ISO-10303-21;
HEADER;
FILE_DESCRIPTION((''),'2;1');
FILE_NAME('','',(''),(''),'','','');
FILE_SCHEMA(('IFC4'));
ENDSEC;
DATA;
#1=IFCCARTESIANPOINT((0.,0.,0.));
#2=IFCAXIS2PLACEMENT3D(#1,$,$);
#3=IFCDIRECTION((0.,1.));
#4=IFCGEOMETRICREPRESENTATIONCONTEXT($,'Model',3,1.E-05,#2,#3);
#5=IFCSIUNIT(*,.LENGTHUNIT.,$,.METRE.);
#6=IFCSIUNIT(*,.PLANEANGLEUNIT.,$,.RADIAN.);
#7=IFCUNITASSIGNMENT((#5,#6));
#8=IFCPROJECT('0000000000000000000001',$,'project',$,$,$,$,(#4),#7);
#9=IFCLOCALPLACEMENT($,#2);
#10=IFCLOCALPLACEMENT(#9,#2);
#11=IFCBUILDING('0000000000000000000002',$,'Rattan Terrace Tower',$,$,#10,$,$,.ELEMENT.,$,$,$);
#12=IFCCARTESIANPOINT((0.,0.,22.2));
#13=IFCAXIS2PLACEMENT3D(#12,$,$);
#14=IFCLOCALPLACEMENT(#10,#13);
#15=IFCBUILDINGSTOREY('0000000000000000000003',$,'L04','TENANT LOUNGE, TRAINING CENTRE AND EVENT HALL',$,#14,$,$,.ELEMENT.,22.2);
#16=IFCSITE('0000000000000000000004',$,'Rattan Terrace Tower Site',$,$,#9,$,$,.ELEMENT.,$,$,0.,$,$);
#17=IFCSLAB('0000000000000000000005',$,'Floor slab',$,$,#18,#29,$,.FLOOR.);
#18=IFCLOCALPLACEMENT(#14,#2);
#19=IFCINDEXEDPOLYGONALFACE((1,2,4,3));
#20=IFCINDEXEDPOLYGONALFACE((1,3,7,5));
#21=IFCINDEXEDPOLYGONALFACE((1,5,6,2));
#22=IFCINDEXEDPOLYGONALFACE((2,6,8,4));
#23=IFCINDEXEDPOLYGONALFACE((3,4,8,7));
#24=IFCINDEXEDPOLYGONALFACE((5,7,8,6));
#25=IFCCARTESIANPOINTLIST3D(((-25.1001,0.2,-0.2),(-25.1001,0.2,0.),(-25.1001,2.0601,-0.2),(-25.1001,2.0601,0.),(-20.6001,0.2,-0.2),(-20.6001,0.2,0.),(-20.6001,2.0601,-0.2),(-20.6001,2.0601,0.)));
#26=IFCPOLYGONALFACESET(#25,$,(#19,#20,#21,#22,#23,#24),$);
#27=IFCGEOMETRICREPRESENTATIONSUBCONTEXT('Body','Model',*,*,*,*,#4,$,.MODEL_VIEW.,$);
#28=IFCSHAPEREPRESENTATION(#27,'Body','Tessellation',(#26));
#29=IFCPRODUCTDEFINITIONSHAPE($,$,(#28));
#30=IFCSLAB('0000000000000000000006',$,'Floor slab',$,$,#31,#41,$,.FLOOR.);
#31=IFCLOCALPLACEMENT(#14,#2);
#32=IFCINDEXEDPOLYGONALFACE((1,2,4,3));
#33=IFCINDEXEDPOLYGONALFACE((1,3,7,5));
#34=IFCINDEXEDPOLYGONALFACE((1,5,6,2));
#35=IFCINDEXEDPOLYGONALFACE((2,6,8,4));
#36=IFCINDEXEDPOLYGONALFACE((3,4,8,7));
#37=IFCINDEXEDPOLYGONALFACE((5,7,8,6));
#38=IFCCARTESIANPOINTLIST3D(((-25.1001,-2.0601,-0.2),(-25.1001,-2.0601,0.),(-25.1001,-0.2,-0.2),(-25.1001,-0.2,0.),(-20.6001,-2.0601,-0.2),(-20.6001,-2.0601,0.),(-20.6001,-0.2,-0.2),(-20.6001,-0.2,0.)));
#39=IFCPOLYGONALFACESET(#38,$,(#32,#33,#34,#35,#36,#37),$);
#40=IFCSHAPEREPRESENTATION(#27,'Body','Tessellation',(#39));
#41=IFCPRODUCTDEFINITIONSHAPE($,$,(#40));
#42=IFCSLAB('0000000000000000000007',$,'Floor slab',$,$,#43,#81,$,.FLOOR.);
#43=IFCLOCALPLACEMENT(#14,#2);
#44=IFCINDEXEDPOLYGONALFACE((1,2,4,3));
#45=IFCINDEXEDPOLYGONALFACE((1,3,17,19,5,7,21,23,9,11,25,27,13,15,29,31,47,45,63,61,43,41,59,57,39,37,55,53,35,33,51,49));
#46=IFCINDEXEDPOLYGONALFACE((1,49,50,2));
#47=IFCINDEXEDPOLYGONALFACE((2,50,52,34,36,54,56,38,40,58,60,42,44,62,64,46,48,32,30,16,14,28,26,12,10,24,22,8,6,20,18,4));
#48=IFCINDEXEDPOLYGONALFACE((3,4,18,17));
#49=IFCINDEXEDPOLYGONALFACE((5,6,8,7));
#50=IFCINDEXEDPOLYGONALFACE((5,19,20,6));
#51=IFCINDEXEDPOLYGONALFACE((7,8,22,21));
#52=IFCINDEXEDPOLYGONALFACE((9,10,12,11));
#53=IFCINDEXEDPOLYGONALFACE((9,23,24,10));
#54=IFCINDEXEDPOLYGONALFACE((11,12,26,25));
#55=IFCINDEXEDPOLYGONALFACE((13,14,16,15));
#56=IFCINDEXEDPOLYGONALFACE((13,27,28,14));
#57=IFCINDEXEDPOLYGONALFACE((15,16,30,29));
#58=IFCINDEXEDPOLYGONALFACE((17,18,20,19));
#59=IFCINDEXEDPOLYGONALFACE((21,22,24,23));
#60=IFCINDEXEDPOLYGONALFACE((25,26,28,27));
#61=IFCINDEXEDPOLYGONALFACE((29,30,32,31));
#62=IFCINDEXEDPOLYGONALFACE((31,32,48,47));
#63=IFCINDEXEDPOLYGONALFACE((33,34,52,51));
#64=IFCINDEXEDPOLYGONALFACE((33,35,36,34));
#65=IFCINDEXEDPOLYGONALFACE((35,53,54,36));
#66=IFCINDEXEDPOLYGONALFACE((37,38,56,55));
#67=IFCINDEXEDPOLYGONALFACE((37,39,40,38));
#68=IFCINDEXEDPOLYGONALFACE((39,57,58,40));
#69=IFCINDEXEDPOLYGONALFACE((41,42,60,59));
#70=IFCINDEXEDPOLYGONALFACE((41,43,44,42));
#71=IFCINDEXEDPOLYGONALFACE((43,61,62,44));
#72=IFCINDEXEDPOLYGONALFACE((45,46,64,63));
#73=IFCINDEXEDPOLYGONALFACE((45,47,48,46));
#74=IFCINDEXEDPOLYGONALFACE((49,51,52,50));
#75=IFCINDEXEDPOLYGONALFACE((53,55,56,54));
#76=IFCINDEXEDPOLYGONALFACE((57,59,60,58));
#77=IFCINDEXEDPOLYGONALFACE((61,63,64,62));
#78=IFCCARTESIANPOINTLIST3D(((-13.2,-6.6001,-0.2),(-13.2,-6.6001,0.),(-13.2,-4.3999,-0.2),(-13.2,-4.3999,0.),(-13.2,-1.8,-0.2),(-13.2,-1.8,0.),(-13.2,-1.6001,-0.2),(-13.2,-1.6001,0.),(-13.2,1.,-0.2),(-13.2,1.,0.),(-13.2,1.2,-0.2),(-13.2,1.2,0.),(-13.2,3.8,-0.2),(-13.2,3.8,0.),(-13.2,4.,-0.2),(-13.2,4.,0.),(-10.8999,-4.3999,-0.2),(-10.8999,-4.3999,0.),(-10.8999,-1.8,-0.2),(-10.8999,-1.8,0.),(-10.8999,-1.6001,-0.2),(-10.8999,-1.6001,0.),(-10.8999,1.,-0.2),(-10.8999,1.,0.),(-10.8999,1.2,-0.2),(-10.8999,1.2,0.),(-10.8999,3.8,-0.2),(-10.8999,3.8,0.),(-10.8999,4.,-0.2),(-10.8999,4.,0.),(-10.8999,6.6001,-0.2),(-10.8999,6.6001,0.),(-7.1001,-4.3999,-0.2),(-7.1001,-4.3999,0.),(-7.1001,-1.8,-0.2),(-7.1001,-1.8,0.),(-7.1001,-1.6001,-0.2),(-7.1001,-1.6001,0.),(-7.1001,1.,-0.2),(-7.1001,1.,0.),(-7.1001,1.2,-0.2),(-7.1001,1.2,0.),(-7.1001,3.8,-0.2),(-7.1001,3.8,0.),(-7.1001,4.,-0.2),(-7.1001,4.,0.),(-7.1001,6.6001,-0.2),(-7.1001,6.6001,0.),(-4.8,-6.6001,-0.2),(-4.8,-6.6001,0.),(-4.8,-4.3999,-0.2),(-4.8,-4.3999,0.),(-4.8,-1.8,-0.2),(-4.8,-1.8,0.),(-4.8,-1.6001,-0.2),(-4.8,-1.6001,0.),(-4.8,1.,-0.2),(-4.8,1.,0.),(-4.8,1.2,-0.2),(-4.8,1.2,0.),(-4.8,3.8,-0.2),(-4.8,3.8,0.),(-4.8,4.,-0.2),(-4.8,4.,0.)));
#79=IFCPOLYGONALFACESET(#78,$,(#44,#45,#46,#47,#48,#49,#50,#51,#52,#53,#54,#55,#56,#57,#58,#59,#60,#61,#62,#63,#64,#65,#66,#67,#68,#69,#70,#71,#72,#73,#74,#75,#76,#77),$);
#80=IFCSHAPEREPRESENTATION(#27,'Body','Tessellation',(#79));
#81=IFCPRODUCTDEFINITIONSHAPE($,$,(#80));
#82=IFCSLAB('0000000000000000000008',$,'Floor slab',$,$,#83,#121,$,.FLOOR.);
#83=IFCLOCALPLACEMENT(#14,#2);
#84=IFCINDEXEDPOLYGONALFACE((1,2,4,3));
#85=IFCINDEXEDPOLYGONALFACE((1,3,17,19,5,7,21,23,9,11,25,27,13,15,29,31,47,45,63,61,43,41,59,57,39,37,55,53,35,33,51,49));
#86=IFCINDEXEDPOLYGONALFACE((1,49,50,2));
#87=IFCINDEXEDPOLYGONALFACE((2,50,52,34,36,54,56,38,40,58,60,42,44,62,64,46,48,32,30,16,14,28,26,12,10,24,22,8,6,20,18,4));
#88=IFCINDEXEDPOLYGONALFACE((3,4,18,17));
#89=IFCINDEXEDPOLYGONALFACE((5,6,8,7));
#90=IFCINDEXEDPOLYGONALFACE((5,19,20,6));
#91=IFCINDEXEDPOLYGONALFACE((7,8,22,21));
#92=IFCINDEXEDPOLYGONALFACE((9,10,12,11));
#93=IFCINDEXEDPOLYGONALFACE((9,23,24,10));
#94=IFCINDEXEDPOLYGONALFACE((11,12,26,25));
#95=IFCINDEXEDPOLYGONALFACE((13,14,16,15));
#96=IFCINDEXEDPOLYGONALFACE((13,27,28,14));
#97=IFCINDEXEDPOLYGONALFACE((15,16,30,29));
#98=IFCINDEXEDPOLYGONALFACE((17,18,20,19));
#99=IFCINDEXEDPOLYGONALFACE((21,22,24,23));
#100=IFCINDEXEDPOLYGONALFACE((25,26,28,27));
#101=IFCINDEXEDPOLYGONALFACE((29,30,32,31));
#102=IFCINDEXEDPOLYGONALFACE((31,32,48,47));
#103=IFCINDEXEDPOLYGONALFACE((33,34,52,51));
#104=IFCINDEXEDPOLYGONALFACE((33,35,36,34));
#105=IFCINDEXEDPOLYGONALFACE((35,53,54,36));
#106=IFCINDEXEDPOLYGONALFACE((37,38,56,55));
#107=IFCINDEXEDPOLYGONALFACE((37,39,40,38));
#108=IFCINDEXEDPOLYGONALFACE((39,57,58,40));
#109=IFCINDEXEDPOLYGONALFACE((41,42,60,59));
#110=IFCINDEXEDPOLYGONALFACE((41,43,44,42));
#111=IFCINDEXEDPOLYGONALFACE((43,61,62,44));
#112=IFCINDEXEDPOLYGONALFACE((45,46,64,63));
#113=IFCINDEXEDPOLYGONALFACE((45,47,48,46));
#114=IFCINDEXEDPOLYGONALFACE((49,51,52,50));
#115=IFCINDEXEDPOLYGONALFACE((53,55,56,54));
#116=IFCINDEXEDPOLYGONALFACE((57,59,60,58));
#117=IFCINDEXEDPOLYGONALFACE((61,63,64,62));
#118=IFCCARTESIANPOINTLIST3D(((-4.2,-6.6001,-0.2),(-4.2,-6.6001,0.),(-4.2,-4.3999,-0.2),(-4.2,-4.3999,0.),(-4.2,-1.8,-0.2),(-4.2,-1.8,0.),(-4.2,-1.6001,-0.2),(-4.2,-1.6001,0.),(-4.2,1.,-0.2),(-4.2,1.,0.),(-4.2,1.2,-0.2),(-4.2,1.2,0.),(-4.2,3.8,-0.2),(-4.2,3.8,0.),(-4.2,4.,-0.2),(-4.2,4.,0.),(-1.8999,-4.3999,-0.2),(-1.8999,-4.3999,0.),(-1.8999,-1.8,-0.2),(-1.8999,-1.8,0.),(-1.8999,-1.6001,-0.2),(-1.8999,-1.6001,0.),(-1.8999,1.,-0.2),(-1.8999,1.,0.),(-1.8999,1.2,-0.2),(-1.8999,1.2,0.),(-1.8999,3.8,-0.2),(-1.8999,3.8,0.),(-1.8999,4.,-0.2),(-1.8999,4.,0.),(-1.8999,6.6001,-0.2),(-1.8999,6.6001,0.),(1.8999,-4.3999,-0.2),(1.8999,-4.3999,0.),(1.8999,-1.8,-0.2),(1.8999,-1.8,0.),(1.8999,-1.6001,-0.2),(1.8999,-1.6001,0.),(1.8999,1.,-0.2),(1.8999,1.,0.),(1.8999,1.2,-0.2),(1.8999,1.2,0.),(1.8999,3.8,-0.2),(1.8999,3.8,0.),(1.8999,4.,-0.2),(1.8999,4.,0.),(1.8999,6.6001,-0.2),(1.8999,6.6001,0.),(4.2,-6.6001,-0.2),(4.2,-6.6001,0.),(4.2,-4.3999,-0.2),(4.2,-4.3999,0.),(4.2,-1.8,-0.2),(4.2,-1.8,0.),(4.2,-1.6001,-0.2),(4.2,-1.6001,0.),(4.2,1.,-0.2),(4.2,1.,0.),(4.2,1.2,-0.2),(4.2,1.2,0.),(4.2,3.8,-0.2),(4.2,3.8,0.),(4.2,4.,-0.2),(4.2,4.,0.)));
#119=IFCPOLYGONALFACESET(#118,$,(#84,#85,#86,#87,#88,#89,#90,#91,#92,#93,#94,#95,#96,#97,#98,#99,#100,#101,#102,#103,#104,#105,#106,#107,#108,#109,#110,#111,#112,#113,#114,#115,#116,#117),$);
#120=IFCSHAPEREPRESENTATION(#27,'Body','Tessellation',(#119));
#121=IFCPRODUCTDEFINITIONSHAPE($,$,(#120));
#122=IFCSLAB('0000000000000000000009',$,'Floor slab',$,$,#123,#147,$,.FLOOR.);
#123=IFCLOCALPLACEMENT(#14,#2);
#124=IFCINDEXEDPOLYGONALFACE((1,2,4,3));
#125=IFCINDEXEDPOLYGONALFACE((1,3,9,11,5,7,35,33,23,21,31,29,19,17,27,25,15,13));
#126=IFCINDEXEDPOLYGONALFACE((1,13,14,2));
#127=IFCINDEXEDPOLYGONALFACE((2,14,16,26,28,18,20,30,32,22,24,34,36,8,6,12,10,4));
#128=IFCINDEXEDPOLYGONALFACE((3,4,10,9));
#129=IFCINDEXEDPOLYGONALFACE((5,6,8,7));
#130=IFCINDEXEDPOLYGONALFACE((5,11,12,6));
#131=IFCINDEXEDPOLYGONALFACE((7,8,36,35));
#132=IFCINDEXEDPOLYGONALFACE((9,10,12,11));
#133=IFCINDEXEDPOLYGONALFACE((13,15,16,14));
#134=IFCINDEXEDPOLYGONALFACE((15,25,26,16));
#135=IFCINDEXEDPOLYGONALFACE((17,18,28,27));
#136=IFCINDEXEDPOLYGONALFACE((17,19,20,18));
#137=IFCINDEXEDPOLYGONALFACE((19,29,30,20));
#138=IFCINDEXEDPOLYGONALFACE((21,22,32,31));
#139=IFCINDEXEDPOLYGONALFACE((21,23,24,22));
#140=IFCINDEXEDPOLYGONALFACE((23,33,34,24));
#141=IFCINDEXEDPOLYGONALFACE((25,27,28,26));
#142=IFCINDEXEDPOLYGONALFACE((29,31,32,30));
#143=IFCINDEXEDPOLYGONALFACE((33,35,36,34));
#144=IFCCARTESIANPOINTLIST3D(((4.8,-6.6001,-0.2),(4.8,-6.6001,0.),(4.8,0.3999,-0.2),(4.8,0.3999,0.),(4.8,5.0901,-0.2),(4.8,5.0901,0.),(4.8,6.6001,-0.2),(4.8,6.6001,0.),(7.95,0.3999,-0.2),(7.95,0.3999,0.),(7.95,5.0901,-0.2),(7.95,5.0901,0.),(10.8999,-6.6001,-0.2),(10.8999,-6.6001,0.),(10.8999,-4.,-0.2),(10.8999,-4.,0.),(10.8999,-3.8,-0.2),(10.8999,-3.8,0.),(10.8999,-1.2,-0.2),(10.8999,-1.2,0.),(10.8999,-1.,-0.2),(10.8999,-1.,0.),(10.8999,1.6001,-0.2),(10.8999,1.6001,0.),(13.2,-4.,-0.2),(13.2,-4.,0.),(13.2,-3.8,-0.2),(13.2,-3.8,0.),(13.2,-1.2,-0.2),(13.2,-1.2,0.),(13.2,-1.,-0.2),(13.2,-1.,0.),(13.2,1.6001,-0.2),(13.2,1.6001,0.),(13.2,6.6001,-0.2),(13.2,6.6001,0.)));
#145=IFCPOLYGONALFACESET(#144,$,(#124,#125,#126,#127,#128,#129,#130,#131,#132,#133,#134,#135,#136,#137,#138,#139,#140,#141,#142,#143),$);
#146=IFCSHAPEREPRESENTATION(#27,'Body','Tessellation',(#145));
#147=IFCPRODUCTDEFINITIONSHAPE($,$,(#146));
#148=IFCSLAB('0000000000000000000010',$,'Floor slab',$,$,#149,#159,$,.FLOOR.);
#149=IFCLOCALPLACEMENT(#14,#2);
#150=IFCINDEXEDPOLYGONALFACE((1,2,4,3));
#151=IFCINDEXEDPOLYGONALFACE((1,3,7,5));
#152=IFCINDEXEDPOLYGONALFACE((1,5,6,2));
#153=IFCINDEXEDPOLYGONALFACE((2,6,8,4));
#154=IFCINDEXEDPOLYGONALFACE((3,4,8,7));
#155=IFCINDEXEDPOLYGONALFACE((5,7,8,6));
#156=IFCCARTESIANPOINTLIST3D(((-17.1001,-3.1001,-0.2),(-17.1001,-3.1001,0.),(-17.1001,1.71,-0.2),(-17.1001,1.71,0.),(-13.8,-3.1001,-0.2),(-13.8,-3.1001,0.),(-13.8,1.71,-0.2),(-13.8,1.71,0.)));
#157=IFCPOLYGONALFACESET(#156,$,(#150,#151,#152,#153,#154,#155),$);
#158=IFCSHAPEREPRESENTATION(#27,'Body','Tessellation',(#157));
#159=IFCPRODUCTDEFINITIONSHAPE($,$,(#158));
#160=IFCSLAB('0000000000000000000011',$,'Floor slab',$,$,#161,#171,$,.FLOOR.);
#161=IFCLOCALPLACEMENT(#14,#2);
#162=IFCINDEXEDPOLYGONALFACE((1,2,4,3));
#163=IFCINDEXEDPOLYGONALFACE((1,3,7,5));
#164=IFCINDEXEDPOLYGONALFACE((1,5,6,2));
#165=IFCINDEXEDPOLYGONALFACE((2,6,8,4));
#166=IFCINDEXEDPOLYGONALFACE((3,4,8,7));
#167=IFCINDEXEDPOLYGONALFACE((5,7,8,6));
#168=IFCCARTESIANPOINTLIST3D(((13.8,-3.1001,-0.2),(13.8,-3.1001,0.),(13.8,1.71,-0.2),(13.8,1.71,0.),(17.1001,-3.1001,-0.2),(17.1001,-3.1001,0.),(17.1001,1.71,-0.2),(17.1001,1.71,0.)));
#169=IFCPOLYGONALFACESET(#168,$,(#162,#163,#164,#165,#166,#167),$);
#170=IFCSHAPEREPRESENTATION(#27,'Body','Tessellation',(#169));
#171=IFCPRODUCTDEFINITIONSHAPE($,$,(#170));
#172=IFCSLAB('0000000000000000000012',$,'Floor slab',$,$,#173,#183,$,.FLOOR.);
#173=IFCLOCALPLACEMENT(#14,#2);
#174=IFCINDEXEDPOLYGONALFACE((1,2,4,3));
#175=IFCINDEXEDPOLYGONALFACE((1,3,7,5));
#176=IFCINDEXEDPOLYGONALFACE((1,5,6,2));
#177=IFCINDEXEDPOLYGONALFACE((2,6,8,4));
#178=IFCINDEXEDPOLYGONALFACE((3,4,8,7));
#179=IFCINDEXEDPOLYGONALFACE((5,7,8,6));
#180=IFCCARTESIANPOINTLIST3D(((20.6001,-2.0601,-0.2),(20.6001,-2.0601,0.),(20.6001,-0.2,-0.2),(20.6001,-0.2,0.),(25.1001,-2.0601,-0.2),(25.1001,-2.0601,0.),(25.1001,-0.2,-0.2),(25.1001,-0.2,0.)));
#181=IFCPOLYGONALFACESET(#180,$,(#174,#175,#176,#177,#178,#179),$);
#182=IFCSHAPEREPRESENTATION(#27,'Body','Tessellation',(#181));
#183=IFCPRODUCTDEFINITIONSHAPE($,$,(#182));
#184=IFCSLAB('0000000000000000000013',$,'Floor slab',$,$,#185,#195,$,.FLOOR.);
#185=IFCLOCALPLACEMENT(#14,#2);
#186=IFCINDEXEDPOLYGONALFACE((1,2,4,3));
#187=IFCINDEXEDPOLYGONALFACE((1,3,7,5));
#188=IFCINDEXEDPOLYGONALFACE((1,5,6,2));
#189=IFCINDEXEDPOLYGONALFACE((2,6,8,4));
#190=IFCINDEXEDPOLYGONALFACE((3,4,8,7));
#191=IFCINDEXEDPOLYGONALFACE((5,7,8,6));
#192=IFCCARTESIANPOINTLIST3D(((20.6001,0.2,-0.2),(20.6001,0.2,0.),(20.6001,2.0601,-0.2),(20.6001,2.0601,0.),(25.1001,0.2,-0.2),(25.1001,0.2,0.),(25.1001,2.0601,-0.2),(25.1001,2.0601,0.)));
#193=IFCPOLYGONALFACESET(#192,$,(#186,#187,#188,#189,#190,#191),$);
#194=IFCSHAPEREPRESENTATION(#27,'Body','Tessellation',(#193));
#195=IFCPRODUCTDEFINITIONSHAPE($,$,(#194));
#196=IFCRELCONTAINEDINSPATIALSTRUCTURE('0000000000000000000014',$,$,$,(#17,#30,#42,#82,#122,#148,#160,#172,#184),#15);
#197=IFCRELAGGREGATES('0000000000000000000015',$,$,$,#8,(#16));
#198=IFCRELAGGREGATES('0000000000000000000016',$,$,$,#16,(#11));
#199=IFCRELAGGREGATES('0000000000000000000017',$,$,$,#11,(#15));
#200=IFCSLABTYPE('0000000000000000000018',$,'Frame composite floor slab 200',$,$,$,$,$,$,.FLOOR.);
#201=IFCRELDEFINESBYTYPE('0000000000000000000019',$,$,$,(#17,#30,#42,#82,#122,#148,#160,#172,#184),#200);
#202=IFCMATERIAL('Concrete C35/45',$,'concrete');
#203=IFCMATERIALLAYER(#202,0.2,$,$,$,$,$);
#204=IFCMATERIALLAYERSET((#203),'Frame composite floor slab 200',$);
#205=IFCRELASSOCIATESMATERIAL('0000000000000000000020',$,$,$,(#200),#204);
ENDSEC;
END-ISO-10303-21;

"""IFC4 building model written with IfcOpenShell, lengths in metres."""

from ifc_helpers import new_model, si_unit, direction, frame, origin, place, context, subcontext, project, spatial, polyline, outline, extrude, material, layer, layer_set, type_object, element, save


model = new_model("IFC4")

# Units and contexts
model_context = context("Model", 3, precision=1e-05, world=origin(), true_north=direction((0.0, 1.0)))
body_context = subcontext(model_context, "Body", "Model", "MODEL_VIEW")
ifc_project = project(units=[si_unit("LENGTHUNIT", "METRE"), si_unit("PLANEANGLEUNIT", "RADIAN")], contexts=[model_context])

# Site, building, storey
site_placement = place(None, origin())
site = spatial("IfcSite", under=ifc_project, at=site_placement, Name="Rattan Terrace Tower Site", CompositionType="ELEMENT", RefElevation=0.0)
building_placement = place(site_placement, origin())
building = spatial("IfcBuilding", under=site, at=building_placement, Name="Rattan Terrace Tower", CompositionType="ELEMENT")
storey_placement = place(building_placement, frame((0.0, 0.0, 22.2)))
storey = spatial("IfcBuildingStorey", under=building, at=storey_placement, Name="L04", Description="TENANT LOUNGE, TRAINING CENTRE AND EVENT HALL", CompositionType="ELEMENT", Elevation=22.2)

# Slabs
ifc_material_1 = material(Name="Concrete C35/45", Category="concrete")
ifc_layer_1 = layer(ifc_material_1, 0.2)
ifc_layer_set_1 = layer_set([ifc_layer_1], Name="Frame composite floor slab 200")
slab_type_1 = type_object("IfcSlabType", Name="Frame composite floor slab 200", PredefinedType="FLOOR", material=ifc_layer_set_1)
slab_1_placement = place(storey_placement, frame((0.0, 0.0, -0.2)))
element("IfcSlab", 1, at=slab_1_placement, inside=storey, type_object=slab_type_1, Name="Floor slab", PredefinedType="FLOOR", context=body_context, shape_type="SweptSolid", body=[
    extrude(outline(polyline([(-20.6001, 0.2), (-20.6001, 2.0601), (-25.1001, 2.0601), (-25.1001, 0.2), (-20.6001, 0.2)])), origin(), (0.0, 0.0, 1.0), 0.2),
])
slab_2_placement = place(storey_placement, frame((0.0, 0.0, -0.2)))
element("IfcSlab", 2, at=slab_2_placement, inside=storey, type_object=slab_type_1, Name="Floor slab", PredefinedType="FLOOR", context=body_context, shape_type="SweptSolid", body=[
    extrude(outline(polyline([(-25.1001, -2.0601), (-20.6001, -2.0601), (-20.6001, -0.2), (-25.1001, -0.2), (-25.1001, -2.0601)])), origin(), (0.0, 0.0, 1.0), 0.2),
])
slab_3_placement = place(storey_placement, frame((0.0, 0.0, -0.2)))
element("IfcSlab", 3, at=slab_3_placement, inside=storey, type_object=slab_type_1, Name="Floor slab", PredefinedType="FLOOR", context=body_context, shape_type="SweptSolid", body=[
    extrude(outline(polyline([(-13.2, 4.0), (-13.2, 3.8), (-10.8999, 3.8), (-10.8999, 1.2), (-13.2, 1.2), (-13.2, 1.0), (-10.8999, 1.0), (-10.8999, -1.6001), (-13.2, -1.6001), (-13.2, -1.8), (-10.8999, -1.8), (-10.8999, -4.3999), (-13.2, -4.3999), (-13.2, -6.6001), (-4.8, -6.6001), (-4.8, -4.3999), (-7.1001, -4.3999), (-7.1001, -1.8), (-4.8, -1.8), (-4.8, -1.6001), (-7.1001, -1.6001), (-7.1001, 1.0), (-4.8, 1.0), (-4.8, 1.2), (-7.1001, 1.2), (-7.1001, 3.8), (-4.8, 3.8), (-4.8, 4.0), (-7.1001, 4.0), (-7.1001, 6.6001), (-10.8999, 6.6001), (-10.8999, 4.0), (-13.2, 4.0)])), origin(), (0.0, 0.0, 1.0), 0.2),
])
slab_4_placement = place(storey_placement, frame((0.0, 0.0, -0.2)))
element("IfcSlab", 4, at=slab_4_placement, inside=storey, type_object=slab_type_1, Name="Floor slab", PredefinedType="FLOOR", context=body_context, shape_type="SweptSolid", body=[
    extrude(outline(polyline([(-4.2, -6.6001), (4.2, -6.6001), (4.2, -4.3999), (1.8999, -4.3999), (1.8999, -1.8), (4.2, -1.8), (4.2, -1.6001), (1.8999, -1.6001), (1.8999, 1.0), (4.2, 1.0), (4.2, 1.2), (1.8999, 1.2), (1.8999, 3.8), (4.2, 3.8), (4.2, 4.0), (1.8999, 4.0), (1.8999, 6.6001), (-1.8999, 6.6001), (-1.8999, 4.0), (-4.2, 4.0), (-4.2, 3.8), (-1.8999, 3.8), (-1.8999, 1.2), (-4.2, 1.2), (-4.2, 1.0), (-1.8999, 1.0), (-1.8999, -1.6001), (-4.2, -1.6001), (-4.2, -1.8), (-1.8999, -1.8), (-1.8999, -4.3999), (-4.2, -4.3999), (-4.2, -6.6001)])), origin(), (0.0, 0.0, 1.0), 0.2),
])
slab_5_placement = place(storey_placement, frame((0.0, 0.0, -0.2)))
element("IfcSlab", 5, at=slab_5_placement, inside=storey, type_object=slab_type_1, Name="Floor slab", PredefinedType="FLOOR", context=body_context, shape_type="SweptSolid", body=[
    extrude(outline(polyline([(4.8, -6.6001), (10.8999, -6.6001), (10.8999, -4.0), (13.2, -4.0), (13.2, -3.8), (10.8999, -3.8), (10.8999, -1.2), (13.2, -1.2), (13.2, -1.0), (10.8999, -1.0), (10.8999, 1.6001), (13.2, 1.6001), (13.2, 6.6001), (4.8, 6.6001), (4.8, 5.0901), (7.95, 5.0901), (7.95, 0.3999), (4.8, 0.3999), (4.8, -6.6001)])), origin(), (0.0, 0.0, 1.0), 0.2),
])
slab_6_placement = place(storey_placement, frame((0.0, 0.0, -0.2)))
element("IfcSlab", 6, at=slab_6_placement, inside=storey, type_object=slab_type_1, Name="Floor slab", PredefinedType="FLOOR", context=body_context, shape_type="SweptSolid", body=[
    extrude(outline(polyline([(-17.1001, -3.1001), (-13.8, -3.1001), (-13.8, 1.71), (-17.1001, 1.71), (-17.1001, -3.1001)])), origin(), (0.0, 0.0, 1.0), 0.2),
])
slab_7_placement = place(storey_placement, frame((0.0, 0.0, -0.2)))
element("IfcSlab", 7, at=slab_7_placement, inside=storey, type_object=slab_type_1, Name="Floor slab", PredefinedType="FLOOR", context=body_context, shape_type="SweptSolid", body=[
    extrude(outline(polyline([(17.1001, -3.1001), (17.1001, 1.71), (13.8, 1.71), (13.8, -3.1001), (17.1001, -3.1001)])), origin(), (0.0, 0.0, 1.0), 0.2),
])
slab_8_placement = place(storey_placement, frame((0.0, 0.0, -0.2)))
element("IfcSlab", 8, at=slab_8_placement, inside=storey, type_object=slab_type_1, Name="Floor slab", PredefinedType="FLOOR", context=body_context, shape_type="SweptSolid", body=[
    extrude(outline(polyline([(20.6001, -0.2), (20.6001, -2.0601), (25.1001, -2.0601), (25.1001, -0.2), (20.6001, -0.2)])), origin(), (0.0, 0.0, 1.0), 0.2),
])
slab_9_placement = place(storey_placement, frame((0.0, 0.0, -0.2)))
element("IfcSlab", 9, at=slab_9_placement, inside=storey, type_object=slab_type_1, Name="Floor slab", PredefinedType="FLOOR", context=body_context, shape_type="SweptSolid", body=[
    extrude(outline(polyline([(20.6001, 0.2), (25.1001, 0.2), (25.1001, 2.0601), (20.6001, 2.0601), (20.6001, 0.2)])), origin(), (0.0, 0.0, 1.0), 0.2),
])

save(model, "model.ifc")
